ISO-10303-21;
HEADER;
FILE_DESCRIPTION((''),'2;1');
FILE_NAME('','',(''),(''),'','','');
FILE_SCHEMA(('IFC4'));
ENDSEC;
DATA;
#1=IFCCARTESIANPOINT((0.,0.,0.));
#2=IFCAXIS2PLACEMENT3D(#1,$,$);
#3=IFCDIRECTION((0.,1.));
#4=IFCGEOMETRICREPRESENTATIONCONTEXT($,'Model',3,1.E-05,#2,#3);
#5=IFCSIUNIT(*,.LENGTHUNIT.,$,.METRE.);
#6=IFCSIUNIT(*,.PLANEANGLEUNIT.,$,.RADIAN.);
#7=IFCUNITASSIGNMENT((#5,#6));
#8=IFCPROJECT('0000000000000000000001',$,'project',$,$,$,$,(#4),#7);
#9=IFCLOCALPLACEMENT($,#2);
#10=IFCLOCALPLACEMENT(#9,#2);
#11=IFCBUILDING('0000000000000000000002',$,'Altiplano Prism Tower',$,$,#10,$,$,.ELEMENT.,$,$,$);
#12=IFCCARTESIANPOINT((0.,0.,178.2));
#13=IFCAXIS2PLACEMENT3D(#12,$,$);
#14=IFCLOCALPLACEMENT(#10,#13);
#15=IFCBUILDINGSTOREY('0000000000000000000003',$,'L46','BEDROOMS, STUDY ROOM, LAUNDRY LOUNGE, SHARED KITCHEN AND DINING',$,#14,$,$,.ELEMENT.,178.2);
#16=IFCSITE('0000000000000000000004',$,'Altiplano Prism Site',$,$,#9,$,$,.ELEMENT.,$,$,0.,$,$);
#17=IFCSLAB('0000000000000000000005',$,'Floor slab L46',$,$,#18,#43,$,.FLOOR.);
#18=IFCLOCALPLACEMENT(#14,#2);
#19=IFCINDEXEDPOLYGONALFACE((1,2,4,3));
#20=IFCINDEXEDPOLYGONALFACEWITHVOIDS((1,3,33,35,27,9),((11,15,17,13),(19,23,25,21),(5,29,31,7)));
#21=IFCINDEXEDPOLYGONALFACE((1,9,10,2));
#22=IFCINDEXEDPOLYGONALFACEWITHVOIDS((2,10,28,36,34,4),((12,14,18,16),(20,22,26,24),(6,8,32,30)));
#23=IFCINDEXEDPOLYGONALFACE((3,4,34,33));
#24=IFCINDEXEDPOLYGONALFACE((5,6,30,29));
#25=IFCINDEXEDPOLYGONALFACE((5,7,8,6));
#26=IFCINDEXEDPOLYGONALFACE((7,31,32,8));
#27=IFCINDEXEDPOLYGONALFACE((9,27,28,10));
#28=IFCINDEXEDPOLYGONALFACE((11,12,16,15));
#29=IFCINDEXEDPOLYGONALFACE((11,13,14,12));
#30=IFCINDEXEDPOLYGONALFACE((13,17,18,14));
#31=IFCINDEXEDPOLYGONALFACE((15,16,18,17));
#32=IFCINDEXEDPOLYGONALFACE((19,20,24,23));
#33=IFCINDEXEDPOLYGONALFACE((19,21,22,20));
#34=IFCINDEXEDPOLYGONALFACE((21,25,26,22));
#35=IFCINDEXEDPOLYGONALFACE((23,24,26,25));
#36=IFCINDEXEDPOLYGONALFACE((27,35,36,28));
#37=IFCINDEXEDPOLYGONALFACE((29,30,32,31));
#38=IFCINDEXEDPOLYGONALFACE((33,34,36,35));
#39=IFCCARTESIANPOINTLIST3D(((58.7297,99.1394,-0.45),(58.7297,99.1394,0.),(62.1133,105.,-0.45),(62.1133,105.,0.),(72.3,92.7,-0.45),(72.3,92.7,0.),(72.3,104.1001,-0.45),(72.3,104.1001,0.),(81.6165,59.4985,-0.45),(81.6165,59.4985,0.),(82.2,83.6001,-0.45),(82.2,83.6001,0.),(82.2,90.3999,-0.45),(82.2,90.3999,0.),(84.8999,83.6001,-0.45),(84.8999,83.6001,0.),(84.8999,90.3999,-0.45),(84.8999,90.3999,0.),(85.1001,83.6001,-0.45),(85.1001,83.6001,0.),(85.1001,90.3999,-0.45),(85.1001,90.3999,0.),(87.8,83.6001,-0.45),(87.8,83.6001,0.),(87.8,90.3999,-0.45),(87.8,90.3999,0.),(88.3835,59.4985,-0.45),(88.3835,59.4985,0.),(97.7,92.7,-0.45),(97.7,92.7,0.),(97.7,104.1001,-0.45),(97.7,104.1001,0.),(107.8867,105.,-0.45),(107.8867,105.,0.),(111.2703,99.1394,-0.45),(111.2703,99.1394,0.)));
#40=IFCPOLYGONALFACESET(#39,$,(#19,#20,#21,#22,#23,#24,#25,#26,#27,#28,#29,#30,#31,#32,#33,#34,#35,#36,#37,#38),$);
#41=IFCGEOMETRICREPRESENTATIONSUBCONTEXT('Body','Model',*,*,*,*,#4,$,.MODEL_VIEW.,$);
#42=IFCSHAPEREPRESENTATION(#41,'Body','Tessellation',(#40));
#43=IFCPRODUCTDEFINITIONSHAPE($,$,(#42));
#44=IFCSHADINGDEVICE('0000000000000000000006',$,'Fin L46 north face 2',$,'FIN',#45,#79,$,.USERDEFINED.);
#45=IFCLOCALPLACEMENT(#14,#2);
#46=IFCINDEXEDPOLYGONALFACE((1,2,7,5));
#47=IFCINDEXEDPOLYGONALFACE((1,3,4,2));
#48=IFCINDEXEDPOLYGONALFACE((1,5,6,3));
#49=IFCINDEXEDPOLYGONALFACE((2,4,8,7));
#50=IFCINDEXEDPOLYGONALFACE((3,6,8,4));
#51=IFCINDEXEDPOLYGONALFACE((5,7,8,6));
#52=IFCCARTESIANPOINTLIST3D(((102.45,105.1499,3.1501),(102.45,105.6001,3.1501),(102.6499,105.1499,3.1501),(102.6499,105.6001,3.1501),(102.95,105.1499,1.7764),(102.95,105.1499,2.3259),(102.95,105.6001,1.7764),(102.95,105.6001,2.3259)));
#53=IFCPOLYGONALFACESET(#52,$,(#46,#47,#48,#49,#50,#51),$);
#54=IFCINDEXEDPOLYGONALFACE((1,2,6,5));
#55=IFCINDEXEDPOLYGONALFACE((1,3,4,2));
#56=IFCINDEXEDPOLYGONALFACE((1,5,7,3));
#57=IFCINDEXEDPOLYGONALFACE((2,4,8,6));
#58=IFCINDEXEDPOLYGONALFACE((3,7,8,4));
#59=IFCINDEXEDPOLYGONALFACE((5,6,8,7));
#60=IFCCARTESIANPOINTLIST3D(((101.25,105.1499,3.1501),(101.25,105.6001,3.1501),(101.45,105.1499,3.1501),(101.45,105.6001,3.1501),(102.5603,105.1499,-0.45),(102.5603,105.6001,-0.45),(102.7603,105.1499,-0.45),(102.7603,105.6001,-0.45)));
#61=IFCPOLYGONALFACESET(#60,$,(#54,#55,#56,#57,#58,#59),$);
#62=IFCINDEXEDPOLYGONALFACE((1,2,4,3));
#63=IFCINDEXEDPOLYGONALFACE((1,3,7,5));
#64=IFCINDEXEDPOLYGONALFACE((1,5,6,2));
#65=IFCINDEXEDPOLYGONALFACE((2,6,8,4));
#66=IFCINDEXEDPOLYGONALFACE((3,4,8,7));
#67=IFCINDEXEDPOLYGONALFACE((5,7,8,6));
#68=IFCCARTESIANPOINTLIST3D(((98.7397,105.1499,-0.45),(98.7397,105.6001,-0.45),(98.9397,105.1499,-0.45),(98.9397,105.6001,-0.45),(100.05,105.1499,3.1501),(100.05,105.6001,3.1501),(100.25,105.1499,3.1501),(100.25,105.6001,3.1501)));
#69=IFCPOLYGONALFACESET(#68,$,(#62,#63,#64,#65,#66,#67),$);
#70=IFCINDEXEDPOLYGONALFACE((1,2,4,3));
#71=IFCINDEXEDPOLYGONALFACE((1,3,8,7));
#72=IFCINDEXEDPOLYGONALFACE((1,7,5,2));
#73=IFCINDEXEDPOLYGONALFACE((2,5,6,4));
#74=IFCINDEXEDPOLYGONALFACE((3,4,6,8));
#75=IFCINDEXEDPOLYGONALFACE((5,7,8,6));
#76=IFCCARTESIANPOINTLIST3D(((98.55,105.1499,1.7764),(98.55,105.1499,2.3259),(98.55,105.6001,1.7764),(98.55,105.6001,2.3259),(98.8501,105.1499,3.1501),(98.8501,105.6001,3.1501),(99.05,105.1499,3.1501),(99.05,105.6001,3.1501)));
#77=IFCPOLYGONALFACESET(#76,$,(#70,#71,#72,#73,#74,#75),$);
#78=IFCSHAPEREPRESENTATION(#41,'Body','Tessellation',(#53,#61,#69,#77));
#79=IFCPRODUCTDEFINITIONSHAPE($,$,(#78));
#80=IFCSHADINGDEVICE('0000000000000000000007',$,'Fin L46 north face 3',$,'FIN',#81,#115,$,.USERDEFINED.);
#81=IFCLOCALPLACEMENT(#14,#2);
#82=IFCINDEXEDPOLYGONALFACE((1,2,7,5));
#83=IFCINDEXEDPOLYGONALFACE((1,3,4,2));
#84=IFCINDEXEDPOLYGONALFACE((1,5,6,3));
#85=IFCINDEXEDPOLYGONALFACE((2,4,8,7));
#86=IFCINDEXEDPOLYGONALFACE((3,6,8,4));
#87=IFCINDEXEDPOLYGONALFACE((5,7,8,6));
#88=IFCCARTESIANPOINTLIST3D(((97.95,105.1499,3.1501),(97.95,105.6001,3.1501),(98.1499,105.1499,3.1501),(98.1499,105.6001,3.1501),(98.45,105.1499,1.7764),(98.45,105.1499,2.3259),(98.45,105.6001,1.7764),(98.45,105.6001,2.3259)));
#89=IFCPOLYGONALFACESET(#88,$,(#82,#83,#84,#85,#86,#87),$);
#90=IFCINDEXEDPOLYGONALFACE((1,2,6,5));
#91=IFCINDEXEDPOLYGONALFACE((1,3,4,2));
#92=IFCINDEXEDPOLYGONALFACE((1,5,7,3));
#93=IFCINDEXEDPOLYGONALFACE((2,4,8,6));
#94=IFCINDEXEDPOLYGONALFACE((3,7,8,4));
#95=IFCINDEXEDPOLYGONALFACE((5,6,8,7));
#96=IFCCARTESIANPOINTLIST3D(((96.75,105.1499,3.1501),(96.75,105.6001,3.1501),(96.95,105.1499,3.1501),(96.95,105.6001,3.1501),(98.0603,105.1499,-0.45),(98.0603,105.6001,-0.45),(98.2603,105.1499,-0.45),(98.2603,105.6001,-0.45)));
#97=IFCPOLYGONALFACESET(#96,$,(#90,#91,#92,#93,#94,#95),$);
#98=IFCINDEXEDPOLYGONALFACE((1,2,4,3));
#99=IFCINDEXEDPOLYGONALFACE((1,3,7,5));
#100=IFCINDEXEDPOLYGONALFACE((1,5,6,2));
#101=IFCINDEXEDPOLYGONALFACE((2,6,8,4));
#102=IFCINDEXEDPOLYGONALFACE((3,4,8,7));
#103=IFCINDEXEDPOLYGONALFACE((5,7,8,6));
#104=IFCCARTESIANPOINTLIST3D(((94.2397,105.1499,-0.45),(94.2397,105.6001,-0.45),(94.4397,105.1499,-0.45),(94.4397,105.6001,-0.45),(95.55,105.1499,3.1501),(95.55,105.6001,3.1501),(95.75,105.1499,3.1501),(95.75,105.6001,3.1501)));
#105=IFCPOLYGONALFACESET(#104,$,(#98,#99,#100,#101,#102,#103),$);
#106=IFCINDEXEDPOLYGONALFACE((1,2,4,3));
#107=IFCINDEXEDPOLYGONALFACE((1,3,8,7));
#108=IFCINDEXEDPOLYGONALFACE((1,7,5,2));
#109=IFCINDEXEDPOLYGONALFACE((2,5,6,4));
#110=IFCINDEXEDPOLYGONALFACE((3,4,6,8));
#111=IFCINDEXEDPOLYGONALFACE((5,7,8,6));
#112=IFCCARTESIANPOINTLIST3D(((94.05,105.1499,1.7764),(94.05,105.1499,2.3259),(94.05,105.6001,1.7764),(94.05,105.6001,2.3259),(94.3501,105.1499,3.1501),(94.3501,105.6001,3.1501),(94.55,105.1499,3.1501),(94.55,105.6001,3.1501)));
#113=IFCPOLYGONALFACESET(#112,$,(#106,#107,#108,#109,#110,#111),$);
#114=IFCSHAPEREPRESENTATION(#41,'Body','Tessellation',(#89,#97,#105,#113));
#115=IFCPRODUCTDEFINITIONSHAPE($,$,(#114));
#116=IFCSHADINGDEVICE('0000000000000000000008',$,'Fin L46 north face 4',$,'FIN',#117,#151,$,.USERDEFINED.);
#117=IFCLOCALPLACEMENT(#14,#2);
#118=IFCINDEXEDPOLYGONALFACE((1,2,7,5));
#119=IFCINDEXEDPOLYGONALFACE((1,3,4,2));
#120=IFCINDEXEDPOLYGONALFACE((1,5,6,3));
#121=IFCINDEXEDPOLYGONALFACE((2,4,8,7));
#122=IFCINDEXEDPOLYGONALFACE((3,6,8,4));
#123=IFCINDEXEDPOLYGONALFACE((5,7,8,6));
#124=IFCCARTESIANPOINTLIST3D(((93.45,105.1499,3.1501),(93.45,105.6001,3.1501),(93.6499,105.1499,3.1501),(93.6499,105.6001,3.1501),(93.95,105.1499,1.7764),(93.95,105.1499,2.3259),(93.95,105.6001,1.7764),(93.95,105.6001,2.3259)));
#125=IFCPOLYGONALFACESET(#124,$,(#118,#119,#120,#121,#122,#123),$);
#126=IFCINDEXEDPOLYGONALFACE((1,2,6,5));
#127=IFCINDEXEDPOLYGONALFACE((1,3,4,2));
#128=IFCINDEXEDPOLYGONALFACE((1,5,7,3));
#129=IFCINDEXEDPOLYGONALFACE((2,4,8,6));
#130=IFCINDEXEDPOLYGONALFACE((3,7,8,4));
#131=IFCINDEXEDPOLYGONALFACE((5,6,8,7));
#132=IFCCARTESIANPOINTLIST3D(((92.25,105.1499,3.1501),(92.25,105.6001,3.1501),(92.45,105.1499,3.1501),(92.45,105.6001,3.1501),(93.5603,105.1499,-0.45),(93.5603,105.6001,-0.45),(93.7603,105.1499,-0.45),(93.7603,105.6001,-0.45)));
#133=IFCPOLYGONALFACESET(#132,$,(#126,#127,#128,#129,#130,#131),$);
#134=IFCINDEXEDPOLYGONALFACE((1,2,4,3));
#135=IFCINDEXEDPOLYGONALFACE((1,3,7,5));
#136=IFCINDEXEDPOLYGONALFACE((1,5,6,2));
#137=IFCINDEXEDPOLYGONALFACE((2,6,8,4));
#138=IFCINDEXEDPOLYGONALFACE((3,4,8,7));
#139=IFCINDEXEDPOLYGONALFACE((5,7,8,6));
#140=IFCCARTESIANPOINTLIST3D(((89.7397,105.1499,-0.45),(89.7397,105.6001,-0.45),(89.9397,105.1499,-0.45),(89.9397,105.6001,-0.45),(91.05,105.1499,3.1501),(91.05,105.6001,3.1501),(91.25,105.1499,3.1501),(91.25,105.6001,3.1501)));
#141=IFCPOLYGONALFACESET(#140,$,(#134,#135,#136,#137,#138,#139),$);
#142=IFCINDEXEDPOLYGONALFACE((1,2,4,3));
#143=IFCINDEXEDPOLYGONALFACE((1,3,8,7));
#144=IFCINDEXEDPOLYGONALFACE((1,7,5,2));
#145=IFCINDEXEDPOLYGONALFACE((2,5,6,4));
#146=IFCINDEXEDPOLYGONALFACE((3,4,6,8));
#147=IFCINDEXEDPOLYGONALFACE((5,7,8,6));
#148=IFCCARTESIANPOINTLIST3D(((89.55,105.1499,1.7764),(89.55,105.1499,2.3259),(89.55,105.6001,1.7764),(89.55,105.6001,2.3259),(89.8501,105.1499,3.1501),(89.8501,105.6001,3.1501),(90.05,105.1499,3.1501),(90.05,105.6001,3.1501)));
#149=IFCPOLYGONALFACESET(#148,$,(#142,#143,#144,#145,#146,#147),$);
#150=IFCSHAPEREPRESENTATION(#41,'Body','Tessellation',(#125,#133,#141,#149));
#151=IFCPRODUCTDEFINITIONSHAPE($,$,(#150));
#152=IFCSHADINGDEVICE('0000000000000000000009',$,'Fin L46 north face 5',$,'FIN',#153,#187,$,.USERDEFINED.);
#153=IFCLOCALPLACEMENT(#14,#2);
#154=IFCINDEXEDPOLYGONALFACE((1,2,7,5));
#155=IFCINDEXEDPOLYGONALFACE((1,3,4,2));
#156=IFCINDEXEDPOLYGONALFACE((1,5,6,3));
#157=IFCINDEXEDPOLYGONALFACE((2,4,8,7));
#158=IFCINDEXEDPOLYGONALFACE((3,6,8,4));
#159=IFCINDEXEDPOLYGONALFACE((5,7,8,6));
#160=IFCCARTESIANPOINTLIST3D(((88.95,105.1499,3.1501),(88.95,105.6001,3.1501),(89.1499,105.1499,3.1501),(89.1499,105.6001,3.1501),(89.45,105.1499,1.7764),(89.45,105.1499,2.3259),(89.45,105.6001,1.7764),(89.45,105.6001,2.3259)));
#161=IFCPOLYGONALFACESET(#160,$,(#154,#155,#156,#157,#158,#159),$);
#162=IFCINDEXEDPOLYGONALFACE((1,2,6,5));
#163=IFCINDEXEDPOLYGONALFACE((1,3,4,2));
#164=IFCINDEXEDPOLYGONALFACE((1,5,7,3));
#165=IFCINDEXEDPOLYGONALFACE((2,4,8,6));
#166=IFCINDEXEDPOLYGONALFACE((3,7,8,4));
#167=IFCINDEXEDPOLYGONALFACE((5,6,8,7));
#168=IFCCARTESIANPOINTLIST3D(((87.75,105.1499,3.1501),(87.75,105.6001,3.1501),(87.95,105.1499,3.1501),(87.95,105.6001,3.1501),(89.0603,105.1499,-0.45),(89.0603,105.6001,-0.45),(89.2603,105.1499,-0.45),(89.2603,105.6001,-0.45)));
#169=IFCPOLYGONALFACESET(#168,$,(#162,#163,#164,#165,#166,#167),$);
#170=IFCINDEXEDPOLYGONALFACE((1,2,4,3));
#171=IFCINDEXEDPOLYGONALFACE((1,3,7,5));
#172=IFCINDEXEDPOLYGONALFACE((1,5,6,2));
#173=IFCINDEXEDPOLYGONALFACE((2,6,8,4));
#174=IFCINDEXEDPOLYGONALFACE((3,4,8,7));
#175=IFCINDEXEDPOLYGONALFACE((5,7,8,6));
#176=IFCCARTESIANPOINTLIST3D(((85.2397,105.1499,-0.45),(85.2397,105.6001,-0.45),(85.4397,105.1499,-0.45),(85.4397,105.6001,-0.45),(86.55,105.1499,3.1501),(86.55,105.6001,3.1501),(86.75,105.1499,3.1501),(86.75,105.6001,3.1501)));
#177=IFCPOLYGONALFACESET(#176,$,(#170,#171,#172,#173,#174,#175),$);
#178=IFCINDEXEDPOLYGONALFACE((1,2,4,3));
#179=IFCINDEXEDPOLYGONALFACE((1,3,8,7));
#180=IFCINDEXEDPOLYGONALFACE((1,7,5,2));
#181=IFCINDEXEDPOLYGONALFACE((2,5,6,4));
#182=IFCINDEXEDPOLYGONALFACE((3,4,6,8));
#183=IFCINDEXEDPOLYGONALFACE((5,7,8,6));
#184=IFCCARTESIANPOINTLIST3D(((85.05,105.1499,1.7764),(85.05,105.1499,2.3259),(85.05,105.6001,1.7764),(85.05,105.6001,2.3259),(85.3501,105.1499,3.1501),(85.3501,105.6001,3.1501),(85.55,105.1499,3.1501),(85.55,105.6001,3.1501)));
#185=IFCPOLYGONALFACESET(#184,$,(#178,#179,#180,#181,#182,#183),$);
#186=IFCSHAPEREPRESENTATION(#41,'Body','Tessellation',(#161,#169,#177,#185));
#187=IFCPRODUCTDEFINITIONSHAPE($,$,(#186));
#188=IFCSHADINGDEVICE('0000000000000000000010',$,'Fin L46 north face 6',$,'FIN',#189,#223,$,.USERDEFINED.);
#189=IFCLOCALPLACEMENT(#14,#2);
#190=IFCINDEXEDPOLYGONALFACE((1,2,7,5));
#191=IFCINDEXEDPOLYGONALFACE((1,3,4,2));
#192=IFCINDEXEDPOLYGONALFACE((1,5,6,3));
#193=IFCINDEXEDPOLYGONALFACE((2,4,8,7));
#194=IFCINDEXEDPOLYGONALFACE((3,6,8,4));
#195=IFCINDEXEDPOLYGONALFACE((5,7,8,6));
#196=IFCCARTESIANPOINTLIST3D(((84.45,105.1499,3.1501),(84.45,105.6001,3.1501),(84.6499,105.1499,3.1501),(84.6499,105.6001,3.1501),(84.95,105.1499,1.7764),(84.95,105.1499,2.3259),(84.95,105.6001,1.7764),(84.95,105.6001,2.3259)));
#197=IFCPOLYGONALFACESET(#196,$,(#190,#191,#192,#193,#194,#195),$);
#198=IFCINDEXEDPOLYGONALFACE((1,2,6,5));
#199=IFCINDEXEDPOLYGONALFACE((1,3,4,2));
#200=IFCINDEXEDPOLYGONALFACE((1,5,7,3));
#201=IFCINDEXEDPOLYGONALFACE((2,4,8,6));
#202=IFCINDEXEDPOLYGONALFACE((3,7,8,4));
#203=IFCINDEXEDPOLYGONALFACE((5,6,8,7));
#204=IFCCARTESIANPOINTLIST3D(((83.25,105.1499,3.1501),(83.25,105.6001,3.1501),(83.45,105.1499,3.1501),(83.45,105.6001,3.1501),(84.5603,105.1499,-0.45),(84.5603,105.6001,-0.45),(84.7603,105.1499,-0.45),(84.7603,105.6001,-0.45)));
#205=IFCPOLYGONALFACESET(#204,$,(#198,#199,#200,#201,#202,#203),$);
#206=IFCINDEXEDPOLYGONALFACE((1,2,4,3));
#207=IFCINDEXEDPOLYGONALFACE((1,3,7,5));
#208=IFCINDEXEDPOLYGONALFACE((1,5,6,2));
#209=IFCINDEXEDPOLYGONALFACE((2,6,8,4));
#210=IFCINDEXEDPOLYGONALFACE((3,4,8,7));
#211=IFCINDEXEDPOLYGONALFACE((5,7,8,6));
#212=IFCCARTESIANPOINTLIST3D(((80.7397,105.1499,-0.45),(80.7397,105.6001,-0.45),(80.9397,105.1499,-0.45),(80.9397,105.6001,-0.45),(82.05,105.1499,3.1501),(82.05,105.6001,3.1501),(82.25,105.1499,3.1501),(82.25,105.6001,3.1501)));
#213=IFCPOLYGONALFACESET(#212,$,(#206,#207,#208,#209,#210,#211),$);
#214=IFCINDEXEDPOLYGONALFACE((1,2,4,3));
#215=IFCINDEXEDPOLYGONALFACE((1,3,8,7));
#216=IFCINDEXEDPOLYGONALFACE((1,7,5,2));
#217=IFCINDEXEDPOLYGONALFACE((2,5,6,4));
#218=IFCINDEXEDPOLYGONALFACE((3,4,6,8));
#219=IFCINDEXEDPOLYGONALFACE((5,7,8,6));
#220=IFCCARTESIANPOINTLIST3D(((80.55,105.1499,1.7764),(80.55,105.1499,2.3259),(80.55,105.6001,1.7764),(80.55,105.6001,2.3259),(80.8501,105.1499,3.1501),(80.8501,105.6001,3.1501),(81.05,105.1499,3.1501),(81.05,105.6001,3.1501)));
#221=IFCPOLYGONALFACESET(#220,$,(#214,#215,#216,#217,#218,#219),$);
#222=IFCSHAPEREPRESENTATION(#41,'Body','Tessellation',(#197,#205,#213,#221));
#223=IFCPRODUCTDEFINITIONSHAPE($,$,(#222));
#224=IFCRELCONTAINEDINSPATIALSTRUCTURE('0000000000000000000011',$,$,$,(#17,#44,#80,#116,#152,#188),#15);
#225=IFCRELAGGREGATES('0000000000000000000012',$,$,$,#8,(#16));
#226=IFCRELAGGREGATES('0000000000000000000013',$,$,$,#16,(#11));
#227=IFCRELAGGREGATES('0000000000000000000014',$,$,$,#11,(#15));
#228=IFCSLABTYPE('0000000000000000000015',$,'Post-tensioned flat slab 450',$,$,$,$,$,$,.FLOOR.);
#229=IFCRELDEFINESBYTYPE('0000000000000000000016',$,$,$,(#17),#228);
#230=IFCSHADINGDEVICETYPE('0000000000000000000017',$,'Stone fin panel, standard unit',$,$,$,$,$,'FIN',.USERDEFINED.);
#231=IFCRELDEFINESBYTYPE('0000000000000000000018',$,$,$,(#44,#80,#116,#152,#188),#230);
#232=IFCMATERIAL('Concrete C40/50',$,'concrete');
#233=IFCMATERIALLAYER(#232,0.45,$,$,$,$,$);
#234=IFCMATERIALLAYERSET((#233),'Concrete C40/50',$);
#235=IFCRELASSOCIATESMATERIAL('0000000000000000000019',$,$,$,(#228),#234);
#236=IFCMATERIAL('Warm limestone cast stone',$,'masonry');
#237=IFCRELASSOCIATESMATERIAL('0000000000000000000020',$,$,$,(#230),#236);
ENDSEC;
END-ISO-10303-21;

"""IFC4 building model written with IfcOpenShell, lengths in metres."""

from ifc_helpers import new_model, si_unit, direction, frame, origin, place, context, subcontext, project, spatial, polyline, outline, extrude, source, transform, mapped, material, layer, layer_set, type_object, element, save


model = new_model("IFC4")

# Units and contexts
model_context = context("Model", 3, precision=1e-05, world=origin(), true_north=direction((0.0, 1.0)))
body_context = subcontext(model_context, "Body", "Model", "MODEL_VIEW")
ifc_project = project(units=[si_unit("LENGTHUNIT", "METRE"), si_unit("PLANEANGLEUNIT", "RADIAN")], contexts=[model_context])

# Site, building, storey
site_placement = place(None, origin())
site = spatial("IfcSite", under=ifc_project, at=site_placement, Name="Altiplano Prism Site", CompositionType="ELEMENT", RefElevation=0.0)
building_placement = place(site_placement, origin())
building = spatial("IfcBuilding", under=site, at=building_placement, Name="Altiplano Prism Tower", CompositionType="ELEMENT")
storey_placement = place(building_placement, frame((0.0, 0.0, 178.2)))
storey = spatial("IfcBuildingStorey", under=building, at=storey_placement, Name="L46", Description="BEDROOMS, STUDY ROOM, LAUNDRY LOUNGE, SHARED KITCHEN AND DINING", CompositionType="ELEMENT", Elevation=178.2)

# Slab
ifc_material_1 = material(Name="Concrete C40/50", Category="concrete")
ifc_layer = layer(ifc_material_1, 0.45)
ifc_layer_set = layer_set([ifc_layer], Name="Concrete C40/50")
slab_type = type_object("IfcSlabType", Name="Post-tensioned flat slab 450", PredefinedType="FLOOR", material=ifc_layer_set)
slab_placement = place(storey_placement, frame((0.0, 0.0, -0.45)))
element("IfcSlab", 1, at=slab_placement, inside=storey, type_object=slab_type, Name="Floor slab L46", PredefinedType="FLOOR", context=body_context, shape_type="SweptSolid", body=[
    extrude(outline(polyline([(81.6165, 59.4985), (58.7297, 99.1394), (62.1133, 105.0), (107.8867, 105.0), (111.2703, 99.1394), (88.3835, 59.4985), (81.6165, 59.4985)]), holes=[polyline([(72.3, 104.1001), (72.3, 92.7), (97.7, 92.7), (97.7, 104.1001), (72.3, 104.1001)]), polyline([(84.8999, 90.3999), (82.2, 90.3999), (82.2, 83.6001), (84.8999, 83.6001), (84.8999, 90.3999)]), polyline([(87.8, 83.6001), (87.8, 90.3999), (85.1001, 90.3999), (85.1001, 83.6001), (87.8, 83.6001)])]), origin(), (0.0, 0.0, 1.0), 0.45),
])

# Shading devices
ifc_material_2 = material(Name="Warm limestone cast stone", Category="masonry")
shading_device_type_1 = type_object("IfcShadingDeviceType", Name="Stone fin panel, standard unit", ElementType="FIN", PredefinedType="USERDEFINED", material=ifc_material_2)
shared_shape_1 = source(origin(), body_context, "Body", "SweptSolid", [
    extrude(outline(polyline([(-2.2, 2.2263), (-1.7, 3.6001), (-1.8999, 3.6001), (-2.2, 2.7759), (-2.2, 2.2263)])), frame((0.0, -0.1499, 0.0), z_axis=(0.0, -1.0, 0.0), x_axis=(1.0, 0.0, 0.0)), (0.0, 0.0, 1.0), 0.4502),
    extrude(outline(polyline([(-2.0103, 0.0), (-1.8103, 0.0), (-0.5, 3.6001), (-0.7, 3.6001), (-2.0103, 0.0)])), frame((0.0, -0.1499, 0.0), z_axis=(0.0, -1.0, 0.0), x_axis=(1.0, 0.0, 0.0)), (0.0, 0.0, 1.0), 0.4502),
    extrude(outline(polyline([(1.8103, 0.0), (2.0103, 0.0), (0.7, 3.6001), (0.5, 3.6001), (1.8103, 0.0)])), frame((0.0, -0.1499, 0.0), z_axis=(0.0, -1.0, 0.0), x_axis=(1.0, 0.0, 0.0)), (0.0, 0.0, 1.0), 0.4502),
    extrude(outline(polyline([(2.2, 2.7759), (1.8999, 3.6001), (1.7, 3.6001), (2.2, 2.2263), (2.2, 2.7759)])), frame((0.0, -0.1499, 0.0), z_axis=(0.0, -1.0, 0.0), x_axis=(1.0, 0.0, 0.0)), (0.0, 0.0, 1.0), 0.4502),
])
shading_device_1_placement = place(storey_placement, origin())
element("IfcShadingDevice", 2, at=shading_device_1_placement, inside=storey, type_object=shading_device_type_1, Name="Fin L46 north face 2", ObjectType="FIN", PredefinedType="USERDEFINED", context=body_context, shape_type="MappedRepresentation", body=[
    mapped(shared_shape_1, transform((100.75, 105.0, -0.45), x_axis=(-1.0, 0.0, 0.0), y_axis=(0.0, -1.0, 0.0), z_axis=(0.0, 0.0, 1.0))),
])
shading_device_2_placement = place(storey_placement, origin())
element("IfcShadingDevice", 3, at=shading_device_2_placement, inside=storey, type_object=shading_device_type_1, Name="Fin L46 north face 3", ObjectType="FIN", PredefinedType="USERDEFINED", context=body_context, shape_type="MappedRepresentation", body=[
    mapped(shared_shape_1, transform((96.25, 105.0, -0.45), x_axis=(-1.0, 0.0, 0.0), y_axis=(0.0, -1.0, 0.0), z_axis=(0.0, 0.0, 1.0))),
])
shading_device_3_placement = place(storey_placement, origin())
element("IfcShadingDevice", 4, at=shading_device_3_placement, inside=storey, type_object=shading_device_type_1, Name="Fin L46 north face 4", ObjectType="FIN", PredefinedType="USERDEFINED", context=body_context, shape_type="MappedRepresentation", body=[
    mapped(shared_shape_1, transform((91.75, 105.0, -0.45), x_axis=(-1.0, 0.0, 0.0), y_axis=(0.0, -1.0, 0.0), z_axis=(0.0, 0.0, 1.0))),
])
shading_device_4_placement = place(storey_placement, origin())
element("IfcShadingDevice", 5, at=shading_device_4_placement, inside=storey, type_object=shading_device_type_1, Name="Fin L46 north face 5", ObjectType="FIN", PredefinedType="USERDEFINED", context=body_context, shape_type="MappedRepresentation", body=[
    mapped(shared_shape_1, transform((87.25, 105.0, -0.45), x_axis=(-1.0, 0.0, 0.0), y_axis=(0.0, -1.0, 0.0), z_axis=(0.0, 0.0, 1.0))),
])
shading_device_5_placement = place(storey_placement, origin())
element("IfcShadingDevice", 6, at=shading_device_5_placement, inside=storey, type_object=shading_device_type_1, Name="Fin L46 north face 6", ObjectType="FIN", PredefinedType="USERDEFINED", context=body_context, shape_type="MappedRepresentation", body=[
    mapped(shared_shape_1, transform((82.75, 105.0, -0.45), x_axis=(-1.0, 0.0, 0.0), y_axis=(0.0, -1.0, 0.0), z_axis=(0.0, 0.0, 1.0))),
])

save(model, "model.ifc")
